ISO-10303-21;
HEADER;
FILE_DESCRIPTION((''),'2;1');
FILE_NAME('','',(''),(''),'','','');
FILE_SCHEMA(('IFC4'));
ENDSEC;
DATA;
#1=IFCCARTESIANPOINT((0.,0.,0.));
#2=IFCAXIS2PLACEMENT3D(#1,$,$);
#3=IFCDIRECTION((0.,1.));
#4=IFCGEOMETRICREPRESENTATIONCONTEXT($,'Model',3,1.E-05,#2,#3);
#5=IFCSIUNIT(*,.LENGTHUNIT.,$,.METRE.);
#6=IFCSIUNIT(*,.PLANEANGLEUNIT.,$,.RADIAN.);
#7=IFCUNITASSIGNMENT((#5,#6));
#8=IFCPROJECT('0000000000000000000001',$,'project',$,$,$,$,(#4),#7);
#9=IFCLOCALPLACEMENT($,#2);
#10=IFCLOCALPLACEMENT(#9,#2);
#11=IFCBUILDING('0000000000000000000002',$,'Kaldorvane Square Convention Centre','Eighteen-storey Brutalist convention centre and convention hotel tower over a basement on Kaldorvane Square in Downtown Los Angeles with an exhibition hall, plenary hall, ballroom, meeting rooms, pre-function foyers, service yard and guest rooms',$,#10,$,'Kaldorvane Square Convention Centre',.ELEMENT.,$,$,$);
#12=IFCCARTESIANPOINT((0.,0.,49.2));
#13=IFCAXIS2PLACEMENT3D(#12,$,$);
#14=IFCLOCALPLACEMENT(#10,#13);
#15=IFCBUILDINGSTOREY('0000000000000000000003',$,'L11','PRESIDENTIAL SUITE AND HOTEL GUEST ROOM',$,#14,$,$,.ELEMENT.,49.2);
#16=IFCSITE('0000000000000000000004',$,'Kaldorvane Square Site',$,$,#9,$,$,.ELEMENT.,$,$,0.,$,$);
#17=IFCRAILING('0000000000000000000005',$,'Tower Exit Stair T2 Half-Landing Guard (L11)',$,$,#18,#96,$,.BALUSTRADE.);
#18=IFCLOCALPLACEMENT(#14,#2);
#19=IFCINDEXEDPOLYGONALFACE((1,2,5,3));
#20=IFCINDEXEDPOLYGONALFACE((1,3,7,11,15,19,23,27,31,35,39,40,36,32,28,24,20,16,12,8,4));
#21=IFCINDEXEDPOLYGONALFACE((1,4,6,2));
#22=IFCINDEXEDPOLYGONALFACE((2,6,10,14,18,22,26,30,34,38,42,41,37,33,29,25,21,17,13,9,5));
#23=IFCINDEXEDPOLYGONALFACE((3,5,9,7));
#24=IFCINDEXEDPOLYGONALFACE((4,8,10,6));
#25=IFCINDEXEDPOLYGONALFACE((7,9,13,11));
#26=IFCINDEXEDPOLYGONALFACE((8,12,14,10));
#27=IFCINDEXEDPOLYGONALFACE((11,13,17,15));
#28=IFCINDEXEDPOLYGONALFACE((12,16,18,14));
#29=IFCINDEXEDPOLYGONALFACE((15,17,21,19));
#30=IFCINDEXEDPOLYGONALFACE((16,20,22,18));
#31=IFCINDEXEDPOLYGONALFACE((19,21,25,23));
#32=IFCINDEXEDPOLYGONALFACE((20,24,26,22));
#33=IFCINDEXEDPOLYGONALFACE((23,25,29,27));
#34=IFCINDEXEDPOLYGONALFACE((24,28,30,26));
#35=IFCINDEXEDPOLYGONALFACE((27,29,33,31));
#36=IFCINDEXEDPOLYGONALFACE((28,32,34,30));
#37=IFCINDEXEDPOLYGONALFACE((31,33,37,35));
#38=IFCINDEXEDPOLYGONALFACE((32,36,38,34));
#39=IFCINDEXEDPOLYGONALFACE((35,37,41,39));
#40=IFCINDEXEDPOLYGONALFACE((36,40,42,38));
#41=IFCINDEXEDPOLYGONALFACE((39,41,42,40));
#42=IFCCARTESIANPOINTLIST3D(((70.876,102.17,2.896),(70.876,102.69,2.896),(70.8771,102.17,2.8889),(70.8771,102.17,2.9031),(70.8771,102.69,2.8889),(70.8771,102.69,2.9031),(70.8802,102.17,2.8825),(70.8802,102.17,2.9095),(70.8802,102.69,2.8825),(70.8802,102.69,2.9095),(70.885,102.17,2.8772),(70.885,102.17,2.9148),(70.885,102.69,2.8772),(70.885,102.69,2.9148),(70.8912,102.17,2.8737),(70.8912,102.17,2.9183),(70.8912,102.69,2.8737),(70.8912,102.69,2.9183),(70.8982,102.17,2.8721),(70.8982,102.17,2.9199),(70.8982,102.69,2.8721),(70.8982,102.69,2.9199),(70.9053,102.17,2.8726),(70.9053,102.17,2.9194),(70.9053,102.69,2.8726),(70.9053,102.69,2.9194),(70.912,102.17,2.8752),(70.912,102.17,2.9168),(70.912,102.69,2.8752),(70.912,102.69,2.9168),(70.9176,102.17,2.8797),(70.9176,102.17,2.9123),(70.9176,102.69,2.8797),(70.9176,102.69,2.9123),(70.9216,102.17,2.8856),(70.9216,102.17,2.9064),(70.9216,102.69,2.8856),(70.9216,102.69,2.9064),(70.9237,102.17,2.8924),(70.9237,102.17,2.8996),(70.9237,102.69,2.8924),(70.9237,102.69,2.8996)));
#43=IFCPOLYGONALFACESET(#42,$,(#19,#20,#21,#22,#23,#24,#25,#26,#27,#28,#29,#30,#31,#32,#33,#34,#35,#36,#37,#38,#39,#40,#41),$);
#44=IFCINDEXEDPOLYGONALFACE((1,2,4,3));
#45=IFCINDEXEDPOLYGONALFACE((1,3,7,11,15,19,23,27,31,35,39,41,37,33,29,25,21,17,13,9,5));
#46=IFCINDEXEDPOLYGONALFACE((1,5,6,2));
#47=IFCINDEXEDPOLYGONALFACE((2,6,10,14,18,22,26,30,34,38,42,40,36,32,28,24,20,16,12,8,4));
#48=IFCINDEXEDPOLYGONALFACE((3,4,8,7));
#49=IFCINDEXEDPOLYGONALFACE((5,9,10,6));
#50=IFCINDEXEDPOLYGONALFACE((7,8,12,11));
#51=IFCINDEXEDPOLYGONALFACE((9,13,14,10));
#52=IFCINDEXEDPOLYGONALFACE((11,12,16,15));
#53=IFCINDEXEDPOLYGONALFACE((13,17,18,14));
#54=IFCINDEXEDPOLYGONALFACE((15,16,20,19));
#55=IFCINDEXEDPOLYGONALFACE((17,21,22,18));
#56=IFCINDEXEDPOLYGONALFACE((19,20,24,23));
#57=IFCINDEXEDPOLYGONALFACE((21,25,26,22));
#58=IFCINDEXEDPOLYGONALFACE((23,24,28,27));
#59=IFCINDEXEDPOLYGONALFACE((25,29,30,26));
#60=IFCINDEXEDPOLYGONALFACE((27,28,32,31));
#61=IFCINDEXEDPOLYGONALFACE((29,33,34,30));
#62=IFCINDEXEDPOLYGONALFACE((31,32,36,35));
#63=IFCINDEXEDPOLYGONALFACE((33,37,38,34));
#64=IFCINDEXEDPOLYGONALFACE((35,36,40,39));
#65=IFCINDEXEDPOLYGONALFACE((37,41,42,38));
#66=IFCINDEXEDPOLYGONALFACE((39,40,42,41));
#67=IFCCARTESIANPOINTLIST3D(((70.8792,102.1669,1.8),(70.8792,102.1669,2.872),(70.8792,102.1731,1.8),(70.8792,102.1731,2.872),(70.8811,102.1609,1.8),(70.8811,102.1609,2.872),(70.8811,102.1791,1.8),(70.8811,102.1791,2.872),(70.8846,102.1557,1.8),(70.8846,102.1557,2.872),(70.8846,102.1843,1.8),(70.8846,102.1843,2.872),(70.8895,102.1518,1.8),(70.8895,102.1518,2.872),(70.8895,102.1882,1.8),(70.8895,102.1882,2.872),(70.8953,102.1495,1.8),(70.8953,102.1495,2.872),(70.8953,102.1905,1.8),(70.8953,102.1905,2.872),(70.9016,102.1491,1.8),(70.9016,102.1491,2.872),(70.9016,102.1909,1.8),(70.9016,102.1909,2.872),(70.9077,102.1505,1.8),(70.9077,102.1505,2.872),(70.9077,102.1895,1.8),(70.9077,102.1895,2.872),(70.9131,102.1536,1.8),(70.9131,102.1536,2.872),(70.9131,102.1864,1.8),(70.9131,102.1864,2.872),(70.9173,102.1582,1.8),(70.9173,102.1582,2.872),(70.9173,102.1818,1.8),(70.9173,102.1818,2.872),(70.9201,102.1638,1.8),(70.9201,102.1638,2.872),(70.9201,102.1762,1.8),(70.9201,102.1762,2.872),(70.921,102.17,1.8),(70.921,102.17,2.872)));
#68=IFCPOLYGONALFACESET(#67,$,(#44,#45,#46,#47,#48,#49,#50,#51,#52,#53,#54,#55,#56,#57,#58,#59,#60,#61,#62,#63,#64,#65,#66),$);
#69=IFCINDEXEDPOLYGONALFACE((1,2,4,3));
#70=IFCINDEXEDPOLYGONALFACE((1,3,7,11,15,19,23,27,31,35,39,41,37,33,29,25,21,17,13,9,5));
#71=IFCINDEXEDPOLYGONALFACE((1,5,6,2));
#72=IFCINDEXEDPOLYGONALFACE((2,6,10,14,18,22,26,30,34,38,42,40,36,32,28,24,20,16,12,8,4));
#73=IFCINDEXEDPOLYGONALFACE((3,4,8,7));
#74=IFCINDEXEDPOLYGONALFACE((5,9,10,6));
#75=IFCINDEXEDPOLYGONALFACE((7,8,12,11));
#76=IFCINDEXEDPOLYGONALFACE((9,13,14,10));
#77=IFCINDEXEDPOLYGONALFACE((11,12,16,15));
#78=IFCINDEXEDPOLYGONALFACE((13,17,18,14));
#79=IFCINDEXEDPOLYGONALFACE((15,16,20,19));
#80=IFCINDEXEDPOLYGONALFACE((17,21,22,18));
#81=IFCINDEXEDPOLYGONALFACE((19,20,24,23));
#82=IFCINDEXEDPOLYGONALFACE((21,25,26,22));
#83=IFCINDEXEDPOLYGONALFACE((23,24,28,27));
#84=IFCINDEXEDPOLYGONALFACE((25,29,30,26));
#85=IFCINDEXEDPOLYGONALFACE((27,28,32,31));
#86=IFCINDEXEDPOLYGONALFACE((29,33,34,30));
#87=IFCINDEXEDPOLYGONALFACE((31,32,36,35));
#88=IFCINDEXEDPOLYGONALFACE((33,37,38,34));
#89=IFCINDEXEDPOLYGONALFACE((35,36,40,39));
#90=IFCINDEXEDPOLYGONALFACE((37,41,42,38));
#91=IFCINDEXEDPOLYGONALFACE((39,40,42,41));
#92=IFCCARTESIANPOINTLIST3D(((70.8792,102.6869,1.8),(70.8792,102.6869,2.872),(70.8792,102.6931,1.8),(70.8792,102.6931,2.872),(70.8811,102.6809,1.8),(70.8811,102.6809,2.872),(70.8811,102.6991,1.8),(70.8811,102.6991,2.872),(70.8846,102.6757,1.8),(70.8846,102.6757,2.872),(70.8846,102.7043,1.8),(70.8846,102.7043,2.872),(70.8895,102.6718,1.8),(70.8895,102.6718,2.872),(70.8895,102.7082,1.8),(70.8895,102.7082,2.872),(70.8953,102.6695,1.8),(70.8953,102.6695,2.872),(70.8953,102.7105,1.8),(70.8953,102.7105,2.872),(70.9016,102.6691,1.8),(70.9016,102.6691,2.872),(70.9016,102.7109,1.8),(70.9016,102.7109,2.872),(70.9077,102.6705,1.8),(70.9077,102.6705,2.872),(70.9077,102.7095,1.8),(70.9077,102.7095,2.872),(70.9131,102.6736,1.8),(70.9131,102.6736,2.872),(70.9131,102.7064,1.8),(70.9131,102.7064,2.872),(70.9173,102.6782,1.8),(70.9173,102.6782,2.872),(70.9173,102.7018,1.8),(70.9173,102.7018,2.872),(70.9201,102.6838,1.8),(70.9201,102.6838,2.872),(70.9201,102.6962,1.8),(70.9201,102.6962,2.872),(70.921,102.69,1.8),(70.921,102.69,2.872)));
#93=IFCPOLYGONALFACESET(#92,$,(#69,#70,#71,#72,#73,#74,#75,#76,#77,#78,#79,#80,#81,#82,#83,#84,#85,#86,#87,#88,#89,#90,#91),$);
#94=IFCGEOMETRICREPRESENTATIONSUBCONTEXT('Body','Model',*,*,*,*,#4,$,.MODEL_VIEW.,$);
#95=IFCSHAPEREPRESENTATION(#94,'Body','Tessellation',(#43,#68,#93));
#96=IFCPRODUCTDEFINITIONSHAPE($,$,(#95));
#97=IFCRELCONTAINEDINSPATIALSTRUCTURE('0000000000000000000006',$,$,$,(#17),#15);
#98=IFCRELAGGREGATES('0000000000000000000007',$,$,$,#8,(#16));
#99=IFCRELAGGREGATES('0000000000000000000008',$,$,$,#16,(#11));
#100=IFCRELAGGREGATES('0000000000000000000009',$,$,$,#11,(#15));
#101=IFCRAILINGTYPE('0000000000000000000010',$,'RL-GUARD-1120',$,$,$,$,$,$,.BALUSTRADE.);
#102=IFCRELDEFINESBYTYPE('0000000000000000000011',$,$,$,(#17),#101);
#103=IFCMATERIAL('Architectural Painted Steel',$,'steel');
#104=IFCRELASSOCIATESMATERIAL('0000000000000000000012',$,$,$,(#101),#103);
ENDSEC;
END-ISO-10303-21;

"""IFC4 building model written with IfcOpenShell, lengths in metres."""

from ifc_helpers import new_model, si_unit, direction, frame, origin, origin_2d, place, context, subcontext, project, spatial, circle, extrude, material, type_object, element, save


model = new_model("IFC4")

# Units and contexts
model_context = context("Model", 3, precision=1e-05, world=origin(), true_north=direction((0.0, 1.0)))
body_context = subcontext(model_context, "Body", "Model", "MODEL_VIEW")
ifc_project = project(units=[si_unit("LENGTHUNIT", "METRE"), si_unit("PLANEANGLEUNIT", "RADIAN")], contexts=[model_context])

# Site, building, storey
site_placement = place(None, origin())
site = spatial("IfcSite", under=ifc_project, at=site_placement, Name="Kaldorvane Square Site", CompositionType="ELEMENT", RefElevation=0.0)
building_placement = place(site_placement, origin())
building = spatial("IfcBuilding", under=site, at=building_placement, Name="Kaldorvane Square Convention Centre", Description="Eighteen-storey Brutalist convention centre and convention hotel tower over a basement on Kaldorvane Square in Downtown Los Angeles with an exhibition hall, plenary hall, ballroom, meeting rooms, pre-function foyers, service yard and guest rooms", LongName="Kaldorvane Square Convention Centre", CompositionType="ELEMENT")
storey_placement = place(building_placement, frame((0.0, 0.0, 49.2)))
storey = spatial("IfcBuildingStorey", under=building, at=storey_placement, Name="L11", Description="PRESIDENTIAL SUITE AND HOTEL GUEST ROOM", CompositionType="ELEMENT", Elevation=49.2)

# Railing
ifc_material_1 = material(Name="Architectural Painted Steel", Category="steel")
railing_type_1 = type_object("IfcRailingType", Name="RL-GUARD-1120", PredefinedType="BALUSTRADE", material=ifc_material_1)
for number, where, name in (
    (1, (70.9, 102.17, 1.8), "Tower Exit Stair T2 Half-Landing Guard (L11)"),
):
    element("IfcRailing", number, at=place(storey_placement, frame(where)), inside=storey, type_object=railing_type_1, Name=name, PredefinedType="BALUSTRADE", context=body_context, shape_type="SweptSolid", body=[
        extrude(circle(Radius=0.024, at=origin_2d()), frame((0.0, 0.0, 1.096), z_axis=(0.0, 1.0, 0.0), x_axis=(-1.0, 0.0, 0.0)), (0.0, 0.0, 1.0), 0.52),
        extrude(circle(Radius=0.021, at=origin_2d()), origin(), (0.0, 0.0, 1.0), 1.072),
        extrude(circle(Radius=0.021, at=origin_2d()), frame((0.0, 0.52, 0.0)), (0.0, 0.0, 1.0), 1.072),
    ])

save(model, "model.ifc")
